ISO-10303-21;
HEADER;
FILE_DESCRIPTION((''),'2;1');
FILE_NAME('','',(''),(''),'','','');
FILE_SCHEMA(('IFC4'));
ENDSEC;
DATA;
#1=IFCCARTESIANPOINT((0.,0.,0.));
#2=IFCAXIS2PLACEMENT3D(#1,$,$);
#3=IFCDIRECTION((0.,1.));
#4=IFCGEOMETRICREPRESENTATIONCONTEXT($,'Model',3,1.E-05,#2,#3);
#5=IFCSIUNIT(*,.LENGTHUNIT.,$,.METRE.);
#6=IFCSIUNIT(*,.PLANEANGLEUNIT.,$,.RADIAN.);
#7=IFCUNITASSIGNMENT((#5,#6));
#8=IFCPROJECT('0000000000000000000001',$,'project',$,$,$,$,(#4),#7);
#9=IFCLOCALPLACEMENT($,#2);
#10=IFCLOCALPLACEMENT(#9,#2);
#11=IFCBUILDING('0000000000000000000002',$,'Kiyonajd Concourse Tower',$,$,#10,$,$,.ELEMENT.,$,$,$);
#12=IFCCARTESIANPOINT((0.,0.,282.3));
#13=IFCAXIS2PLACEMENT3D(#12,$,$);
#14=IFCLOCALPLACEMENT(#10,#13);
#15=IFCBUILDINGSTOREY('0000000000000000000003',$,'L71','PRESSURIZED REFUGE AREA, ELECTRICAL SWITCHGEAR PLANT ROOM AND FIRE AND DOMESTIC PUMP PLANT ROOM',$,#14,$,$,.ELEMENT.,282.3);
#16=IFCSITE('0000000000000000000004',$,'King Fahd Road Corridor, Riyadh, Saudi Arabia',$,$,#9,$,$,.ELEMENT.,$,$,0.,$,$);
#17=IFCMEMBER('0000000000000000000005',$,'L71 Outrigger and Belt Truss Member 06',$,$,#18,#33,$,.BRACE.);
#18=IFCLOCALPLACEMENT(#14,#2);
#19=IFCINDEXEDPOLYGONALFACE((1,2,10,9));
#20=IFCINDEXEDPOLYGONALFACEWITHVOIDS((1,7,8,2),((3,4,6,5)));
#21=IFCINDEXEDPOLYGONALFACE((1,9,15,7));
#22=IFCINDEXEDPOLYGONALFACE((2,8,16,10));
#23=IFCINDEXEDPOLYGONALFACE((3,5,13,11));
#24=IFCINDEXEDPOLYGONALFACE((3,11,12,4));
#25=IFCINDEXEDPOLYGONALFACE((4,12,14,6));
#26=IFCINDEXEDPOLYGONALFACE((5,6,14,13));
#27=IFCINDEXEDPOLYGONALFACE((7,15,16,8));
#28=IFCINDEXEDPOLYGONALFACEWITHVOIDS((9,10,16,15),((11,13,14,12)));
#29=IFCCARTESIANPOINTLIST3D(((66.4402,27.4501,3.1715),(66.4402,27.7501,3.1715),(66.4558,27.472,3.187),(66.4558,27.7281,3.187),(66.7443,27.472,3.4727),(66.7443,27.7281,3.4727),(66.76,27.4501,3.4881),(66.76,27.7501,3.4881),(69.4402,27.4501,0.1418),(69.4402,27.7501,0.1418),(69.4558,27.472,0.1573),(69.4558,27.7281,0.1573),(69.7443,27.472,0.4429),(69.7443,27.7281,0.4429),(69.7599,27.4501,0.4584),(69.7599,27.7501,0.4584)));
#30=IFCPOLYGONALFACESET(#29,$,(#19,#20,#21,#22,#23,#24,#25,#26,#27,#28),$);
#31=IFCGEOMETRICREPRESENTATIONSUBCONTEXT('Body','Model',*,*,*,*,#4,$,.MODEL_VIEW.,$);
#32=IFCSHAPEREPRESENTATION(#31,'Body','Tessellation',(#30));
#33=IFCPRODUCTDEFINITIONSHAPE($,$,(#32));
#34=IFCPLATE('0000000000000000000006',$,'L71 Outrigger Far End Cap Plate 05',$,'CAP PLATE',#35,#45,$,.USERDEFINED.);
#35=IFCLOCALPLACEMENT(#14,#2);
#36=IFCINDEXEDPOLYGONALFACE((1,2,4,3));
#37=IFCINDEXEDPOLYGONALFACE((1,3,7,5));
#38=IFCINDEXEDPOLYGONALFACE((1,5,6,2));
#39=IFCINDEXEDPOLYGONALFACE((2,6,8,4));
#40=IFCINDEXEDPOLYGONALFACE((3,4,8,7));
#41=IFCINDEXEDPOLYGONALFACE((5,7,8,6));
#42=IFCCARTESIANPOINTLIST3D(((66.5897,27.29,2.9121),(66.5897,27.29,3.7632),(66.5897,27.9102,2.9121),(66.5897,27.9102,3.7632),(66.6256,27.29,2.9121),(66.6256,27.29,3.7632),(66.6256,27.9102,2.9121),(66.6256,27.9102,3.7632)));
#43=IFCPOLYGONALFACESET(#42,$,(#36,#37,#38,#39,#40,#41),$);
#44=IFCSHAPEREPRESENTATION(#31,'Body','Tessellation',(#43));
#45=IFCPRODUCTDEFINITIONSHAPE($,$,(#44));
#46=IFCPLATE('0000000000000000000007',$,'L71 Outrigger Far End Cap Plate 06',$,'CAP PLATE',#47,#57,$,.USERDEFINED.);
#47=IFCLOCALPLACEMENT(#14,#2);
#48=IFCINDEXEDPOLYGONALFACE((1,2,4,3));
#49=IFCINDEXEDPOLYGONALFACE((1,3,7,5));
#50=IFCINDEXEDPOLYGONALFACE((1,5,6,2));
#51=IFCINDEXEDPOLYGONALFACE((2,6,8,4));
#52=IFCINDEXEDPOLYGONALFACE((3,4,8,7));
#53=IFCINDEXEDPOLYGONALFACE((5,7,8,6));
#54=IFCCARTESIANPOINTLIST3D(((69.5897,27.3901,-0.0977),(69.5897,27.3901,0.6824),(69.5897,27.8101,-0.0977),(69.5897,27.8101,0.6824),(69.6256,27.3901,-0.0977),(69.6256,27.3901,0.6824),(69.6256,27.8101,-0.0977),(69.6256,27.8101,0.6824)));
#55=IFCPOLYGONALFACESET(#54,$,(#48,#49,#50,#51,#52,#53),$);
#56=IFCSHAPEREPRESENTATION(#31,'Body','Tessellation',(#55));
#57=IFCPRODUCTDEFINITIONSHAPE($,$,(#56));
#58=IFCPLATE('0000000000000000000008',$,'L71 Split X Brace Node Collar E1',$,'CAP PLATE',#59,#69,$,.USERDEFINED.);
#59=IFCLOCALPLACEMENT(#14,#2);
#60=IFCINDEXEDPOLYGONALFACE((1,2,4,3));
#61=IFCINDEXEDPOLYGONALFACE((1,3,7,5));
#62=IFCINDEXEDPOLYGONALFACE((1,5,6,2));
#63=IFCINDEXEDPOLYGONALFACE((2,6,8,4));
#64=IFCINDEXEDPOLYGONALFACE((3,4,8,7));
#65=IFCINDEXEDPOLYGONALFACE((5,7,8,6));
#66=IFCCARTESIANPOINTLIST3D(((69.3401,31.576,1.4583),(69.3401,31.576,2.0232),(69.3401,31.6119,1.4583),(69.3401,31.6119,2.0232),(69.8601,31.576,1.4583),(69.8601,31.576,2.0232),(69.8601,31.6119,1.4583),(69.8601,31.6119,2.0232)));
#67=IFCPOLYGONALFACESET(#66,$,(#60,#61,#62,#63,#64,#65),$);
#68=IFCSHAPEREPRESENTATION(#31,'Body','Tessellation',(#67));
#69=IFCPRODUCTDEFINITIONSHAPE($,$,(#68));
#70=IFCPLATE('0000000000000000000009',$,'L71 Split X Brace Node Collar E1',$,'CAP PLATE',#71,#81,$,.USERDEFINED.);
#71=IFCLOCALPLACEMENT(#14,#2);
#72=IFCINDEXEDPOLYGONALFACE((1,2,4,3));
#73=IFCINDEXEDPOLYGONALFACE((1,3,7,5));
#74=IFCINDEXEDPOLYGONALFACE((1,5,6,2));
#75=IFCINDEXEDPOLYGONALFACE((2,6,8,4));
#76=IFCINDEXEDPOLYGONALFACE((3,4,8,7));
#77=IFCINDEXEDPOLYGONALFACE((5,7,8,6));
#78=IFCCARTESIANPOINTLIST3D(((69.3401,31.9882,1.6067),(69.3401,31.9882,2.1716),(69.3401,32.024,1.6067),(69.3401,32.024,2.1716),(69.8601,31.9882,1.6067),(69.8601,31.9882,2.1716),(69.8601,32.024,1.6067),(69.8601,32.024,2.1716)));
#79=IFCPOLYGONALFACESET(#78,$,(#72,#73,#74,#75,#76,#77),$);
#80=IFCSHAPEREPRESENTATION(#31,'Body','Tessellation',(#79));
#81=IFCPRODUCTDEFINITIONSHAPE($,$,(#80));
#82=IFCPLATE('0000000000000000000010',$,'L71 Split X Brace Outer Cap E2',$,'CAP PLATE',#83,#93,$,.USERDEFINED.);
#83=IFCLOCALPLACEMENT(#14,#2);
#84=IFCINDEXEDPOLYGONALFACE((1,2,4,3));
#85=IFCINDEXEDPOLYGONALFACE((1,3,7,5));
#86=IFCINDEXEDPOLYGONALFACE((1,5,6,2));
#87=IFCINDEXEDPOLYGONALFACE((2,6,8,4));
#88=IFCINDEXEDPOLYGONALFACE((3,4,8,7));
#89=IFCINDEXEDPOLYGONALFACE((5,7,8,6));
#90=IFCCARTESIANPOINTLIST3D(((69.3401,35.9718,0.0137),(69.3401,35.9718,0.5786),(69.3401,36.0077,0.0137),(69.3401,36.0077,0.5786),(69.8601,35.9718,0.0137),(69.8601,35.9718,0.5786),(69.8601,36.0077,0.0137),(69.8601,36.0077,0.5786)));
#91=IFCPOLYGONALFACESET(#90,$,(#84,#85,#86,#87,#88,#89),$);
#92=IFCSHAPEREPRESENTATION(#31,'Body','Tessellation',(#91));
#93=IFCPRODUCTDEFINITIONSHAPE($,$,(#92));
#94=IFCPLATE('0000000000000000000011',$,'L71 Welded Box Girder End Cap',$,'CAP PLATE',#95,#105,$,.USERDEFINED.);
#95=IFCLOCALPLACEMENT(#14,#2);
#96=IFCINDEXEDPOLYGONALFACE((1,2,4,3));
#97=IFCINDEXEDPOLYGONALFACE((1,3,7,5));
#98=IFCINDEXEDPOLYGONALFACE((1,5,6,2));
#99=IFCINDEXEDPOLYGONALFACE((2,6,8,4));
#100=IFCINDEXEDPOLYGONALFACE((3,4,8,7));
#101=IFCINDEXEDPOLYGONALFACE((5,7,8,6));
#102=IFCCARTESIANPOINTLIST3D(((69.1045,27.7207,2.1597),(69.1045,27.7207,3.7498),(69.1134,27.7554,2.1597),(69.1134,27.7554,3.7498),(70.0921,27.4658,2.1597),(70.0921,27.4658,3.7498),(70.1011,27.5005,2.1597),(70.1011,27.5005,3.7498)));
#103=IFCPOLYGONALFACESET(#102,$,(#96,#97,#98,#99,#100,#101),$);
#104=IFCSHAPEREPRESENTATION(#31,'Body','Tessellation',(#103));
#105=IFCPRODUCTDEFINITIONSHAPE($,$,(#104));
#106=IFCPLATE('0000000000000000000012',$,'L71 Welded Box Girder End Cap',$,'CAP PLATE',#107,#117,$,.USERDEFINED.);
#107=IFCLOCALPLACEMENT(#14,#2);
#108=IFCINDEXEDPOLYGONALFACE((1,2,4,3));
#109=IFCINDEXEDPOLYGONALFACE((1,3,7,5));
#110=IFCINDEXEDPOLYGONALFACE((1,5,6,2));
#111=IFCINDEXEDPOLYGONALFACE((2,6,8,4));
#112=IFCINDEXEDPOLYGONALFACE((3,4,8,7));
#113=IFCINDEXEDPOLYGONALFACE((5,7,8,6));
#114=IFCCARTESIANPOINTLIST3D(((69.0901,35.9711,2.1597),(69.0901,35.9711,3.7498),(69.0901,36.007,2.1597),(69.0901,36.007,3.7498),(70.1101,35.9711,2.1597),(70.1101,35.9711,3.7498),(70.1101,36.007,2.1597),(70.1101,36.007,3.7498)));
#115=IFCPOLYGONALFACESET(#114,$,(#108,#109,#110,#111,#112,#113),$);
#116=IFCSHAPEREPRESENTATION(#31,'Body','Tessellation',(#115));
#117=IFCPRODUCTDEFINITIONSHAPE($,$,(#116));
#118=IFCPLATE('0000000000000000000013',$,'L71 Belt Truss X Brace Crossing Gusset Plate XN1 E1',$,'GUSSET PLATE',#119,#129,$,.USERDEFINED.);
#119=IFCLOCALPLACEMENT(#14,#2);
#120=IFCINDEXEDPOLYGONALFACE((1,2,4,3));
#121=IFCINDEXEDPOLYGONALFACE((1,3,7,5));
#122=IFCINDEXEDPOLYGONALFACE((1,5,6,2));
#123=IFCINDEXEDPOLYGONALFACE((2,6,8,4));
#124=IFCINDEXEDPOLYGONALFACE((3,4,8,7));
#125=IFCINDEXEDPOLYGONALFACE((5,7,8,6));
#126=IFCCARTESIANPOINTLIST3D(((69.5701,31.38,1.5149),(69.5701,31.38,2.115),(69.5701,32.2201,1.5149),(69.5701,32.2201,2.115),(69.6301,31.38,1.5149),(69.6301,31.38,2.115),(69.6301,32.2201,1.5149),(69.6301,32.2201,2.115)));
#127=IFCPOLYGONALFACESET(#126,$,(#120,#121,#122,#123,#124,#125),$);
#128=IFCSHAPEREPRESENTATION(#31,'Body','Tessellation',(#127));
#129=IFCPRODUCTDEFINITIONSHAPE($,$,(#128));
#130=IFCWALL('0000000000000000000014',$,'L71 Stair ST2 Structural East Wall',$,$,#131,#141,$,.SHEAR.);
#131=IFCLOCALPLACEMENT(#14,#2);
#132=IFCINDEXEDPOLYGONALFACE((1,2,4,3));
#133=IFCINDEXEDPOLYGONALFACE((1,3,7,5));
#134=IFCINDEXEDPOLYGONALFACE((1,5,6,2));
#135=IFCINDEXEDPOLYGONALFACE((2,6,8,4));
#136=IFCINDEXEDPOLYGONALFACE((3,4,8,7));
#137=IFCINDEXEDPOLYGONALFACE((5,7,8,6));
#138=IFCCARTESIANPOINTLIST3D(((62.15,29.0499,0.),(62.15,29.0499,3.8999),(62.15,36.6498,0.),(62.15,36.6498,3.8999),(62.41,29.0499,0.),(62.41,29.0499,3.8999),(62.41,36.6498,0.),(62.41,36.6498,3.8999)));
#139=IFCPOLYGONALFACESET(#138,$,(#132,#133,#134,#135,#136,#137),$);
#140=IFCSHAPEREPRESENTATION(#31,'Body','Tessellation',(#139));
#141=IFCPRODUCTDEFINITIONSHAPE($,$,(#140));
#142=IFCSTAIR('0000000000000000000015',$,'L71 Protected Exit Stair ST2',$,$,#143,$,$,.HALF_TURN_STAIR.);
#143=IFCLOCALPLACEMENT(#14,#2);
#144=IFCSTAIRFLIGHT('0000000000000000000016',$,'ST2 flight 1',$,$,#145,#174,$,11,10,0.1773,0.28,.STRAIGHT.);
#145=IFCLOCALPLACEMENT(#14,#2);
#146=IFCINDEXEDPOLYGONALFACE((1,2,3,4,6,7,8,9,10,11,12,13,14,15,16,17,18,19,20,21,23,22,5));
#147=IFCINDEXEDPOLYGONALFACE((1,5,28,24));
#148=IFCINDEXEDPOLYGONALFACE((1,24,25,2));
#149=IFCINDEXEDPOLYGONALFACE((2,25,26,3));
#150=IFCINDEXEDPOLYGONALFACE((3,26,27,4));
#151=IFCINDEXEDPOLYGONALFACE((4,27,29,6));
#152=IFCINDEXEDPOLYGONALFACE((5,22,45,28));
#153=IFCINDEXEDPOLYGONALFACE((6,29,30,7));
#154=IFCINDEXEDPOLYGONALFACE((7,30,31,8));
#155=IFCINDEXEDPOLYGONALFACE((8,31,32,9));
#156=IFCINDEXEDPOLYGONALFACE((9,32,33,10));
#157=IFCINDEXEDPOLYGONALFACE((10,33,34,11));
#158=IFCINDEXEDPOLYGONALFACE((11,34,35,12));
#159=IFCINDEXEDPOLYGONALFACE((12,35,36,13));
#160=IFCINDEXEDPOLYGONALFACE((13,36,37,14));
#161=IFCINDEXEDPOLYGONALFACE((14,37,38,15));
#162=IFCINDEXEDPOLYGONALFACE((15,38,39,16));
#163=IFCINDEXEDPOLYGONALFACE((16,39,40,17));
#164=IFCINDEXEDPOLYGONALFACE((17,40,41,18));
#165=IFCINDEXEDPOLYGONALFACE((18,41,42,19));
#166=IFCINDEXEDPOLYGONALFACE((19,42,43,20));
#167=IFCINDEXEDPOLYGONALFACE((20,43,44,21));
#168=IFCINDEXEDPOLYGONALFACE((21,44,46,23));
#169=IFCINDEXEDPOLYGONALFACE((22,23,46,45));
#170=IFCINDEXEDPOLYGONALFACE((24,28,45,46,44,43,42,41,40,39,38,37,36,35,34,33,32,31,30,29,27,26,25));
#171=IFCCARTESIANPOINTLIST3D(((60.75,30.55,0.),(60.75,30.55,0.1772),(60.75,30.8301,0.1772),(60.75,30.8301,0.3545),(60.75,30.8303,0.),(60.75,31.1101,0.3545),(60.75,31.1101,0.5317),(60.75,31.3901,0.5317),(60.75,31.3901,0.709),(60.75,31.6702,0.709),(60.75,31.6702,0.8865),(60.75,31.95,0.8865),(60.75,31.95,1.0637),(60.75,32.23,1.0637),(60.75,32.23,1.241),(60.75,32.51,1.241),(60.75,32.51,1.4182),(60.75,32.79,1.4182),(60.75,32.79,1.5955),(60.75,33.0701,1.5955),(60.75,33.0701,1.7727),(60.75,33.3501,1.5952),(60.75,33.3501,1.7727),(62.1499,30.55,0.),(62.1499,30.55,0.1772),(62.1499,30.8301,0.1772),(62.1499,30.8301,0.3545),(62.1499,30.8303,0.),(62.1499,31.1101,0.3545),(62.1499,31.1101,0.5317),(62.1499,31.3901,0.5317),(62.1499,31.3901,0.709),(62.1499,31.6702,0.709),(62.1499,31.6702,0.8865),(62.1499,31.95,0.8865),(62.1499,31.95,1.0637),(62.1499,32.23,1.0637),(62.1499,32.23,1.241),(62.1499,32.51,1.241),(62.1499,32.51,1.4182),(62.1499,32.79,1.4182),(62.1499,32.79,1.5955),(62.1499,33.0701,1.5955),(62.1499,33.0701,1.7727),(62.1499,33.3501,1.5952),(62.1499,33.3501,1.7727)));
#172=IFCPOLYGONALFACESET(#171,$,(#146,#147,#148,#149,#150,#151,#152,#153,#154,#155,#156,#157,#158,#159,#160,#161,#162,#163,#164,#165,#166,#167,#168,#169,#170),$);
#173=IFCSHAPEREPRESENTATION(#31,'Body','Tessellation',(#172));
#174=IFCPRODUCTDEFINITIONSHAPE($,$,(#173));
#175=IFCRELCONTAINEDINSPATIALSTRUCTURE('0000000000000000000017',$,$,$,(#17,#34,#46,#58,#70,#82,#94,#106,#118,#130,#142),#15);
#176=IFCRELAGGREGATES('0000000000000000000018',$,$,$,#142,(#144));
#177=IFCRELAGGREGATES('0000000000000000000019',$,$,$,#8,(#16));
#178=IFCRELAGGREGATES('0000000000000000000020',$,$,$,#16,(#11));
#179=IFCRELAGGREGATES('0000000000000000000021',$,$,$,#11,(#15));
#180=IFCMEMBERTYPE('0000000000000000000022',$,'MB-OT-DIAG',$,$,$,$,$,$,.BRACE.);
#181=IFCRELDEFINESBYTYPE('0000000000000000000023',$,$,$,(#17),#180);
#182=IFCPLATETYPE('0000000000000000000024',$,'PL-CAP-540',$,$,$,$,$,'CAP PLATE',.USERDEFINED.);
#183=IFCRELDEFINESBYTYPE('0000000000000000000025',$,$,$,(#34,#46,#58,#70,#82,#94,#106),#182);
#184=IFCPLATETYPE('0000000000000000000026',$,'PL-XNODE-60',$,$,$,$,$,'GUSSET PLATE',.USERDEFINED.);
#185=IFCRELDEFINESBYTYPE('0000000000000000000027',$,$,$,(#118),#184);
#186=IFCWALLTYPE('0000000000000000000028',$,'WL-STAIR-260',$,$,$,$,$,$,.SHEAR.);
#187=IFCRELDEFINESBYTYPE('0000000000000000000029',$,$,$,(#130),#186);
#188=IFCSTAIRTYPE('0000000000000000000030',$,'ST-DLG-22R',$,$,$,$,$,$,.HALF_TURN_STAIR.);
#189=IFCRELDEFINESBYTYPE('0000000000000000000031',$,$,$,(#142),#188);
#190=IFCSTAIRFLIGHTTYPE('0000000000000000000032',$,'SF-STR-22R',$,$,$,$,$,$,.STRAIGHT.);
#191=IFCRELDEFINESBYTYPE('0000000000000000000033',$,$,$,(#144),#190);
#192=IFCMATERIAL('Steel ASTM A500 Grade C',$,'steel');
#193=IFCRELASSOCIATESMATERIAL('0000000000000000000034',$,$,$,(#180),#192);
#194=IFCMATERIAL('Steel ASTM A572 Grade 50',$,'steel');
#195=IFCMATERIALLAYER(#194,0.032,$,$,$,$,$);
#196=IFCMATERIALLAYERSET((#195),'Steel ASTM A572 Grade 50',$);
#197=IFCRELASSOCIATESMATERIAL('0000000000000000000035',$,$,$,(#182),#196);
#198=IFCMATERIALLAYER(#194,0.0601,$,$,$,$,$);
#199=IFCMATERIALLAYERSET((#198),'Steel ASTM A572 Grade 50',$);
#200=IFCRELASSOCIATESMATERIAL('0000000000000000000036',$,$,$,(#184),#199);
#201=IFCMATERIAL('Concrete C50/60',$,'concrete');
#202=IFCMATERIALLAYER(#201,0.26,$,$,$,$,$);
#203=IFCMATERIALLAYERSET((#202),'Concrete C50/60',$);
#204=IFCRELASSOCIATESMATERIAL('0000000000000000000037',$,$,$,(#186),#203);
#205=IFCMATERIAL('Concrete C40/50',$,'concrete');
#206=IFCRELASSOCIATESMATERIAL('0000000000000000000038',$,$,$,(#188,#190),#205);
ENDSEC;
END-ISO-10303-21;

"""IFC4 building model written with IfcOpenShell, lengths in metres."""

from ifc_helpers import new_model, si_unit, direction, frame, frame_2d, origin, origin_2d, place, context, subcontext, project, spatial, polyline, rectangle, hollow_rectangle, outline, extrude, material, layer, layer_set, material_profile, profile_set, type_object, element, aggregate, save


model = new_model("IFC4")

# Units and contexts
model_context = context("Model", 3, precision=1e-05, world=origin(), true_north=direction((0.0, 1.0)))
body_context = subcontext(model_context, "Body", "Model", "MODEL_VIEW")
ifc_project = project(units=[si_unit("LENGTHUNIT", "METRE"), si_unit("PLANEANGLEUNIT", "RADIAN")], contexts=[model_context])

# Site, building, storey
site_placement = place(None, origin())
site = spatial("IfcSite", under=ifc_project, at=site_placement, Name="King Fahd Road Corridor, Riyadh, Saudi Arabia", CompositionType="ELEMENT", RefElevation=0.0)
building_placement = place(site_placement, origin())
building = spatial("IfcBuilding", under=site, at=building_placement, Name="Kiyonajd Concourse Tower", CompositionType="ELEMENT")
storey_placement = place(building_placement, frame((0.0, 0.0, 282.3)))
storey = spatial("IfcBuildingStorey", under=building, at=storey_placement, Name="L71", Description="PRESSURIZED REFUGE AREA, ELECTRICAL SWITCHGEAR PLANT ROOM AND FIRE AND DOMESTIC PUMP PLANT ROOM", CompositionType="ELEMENT", Elevation=282.3)

# Shared definitions
ifc_material_1 = material(Name="Steel ASTM A572 Grade 50", Category="steel")

# Member
ifc_material_2 = material(Name="Steel ASTM A500 Grade C", Category="steel")
ifc_material_profile_1 = material_profile(ifc_material_2, hollow_rectangle(XDim=0.3, YDim=0.45, WallThickness=0.022, at=origin_2d()), Name="HSS-450x300x22")
ifc_profile_set_1 = profile_set([ifc_material_profile_1], Name="Steel ASTM A500 Grade C")
member_type_1 = type_object("IfcMemberType", Name="MB-OT-DIAG", PredefinedType="BRACE", material=ifc_profile_set_1)
member_1_placement = place(storey_placement, frame((66.6001, 27.6001, 3.3298), z_axis=(0.703605, 0.0, -0.710591), x_axis=(0.0, 1.0, 0.0)))
element("IfcMember", 1, at=member_1_placement, inside=storey, type_object=member_type_1, Name="L71 Outrigger and Belt Truss Member 06", PredefinedType="BRACE", context=body_context, shape_type="SweptSolid", body=[
    extrude(hollow_rectangle(XDim=0.3, YDim=0.45, WallThickness=0.022, at=origin_2d()), origin(), (0.0, 0.0, 1.0), 4.2637),
])

# Plates
ifc_layer_1 = layer(ifc_material_1, 0.032)
ifc_layer_set_1 = layer_set([ifc_layer_1], Name="Steel ASTM A572 Grade 50")
plate_type_1 = type_object("IfcPlateType", Name="PL-CAP-540", ElementType="CAP PLATE", PredefinedType="USERDEFINED", material=ifc_layer_set_1)
plate_1_placement = place(storey_placement, frame((66.6077, 27.6001, 2.9121), z_axis=(0.0, 0.0, 1.0), x_axis=(1.0, 0.0, 0.0)))
element("IfcPlate", 2, at=plate_1_placement, inside=storey, type_object=plate_type_1, Name="L71 Outrigger Far End Cap Plate 05", ObjectType="CAP PLATE", PredefinedType="USERDEFINED", context=body_context, shape_type="SweptSolid", body=[
    extrude(rectangle(XDim=0.0359, YDim=0.6201, at=origin_2d()), origin(), (0.0, 0.0, 1.0), 0.8511),
])
plate_2_placement = place(storey_placement, frame((69.6077, 27.6001, -0.0977), z_axis=(0.0, 0.0, 1.0), x_axis=(1.0, 0.0, 0.0)))
element("IfcPlate", 3, at=plate_2_placement, inside=storey, type_object=plate_type_1, Name="L71 Outrigger Far End Cap Plate 06", ObjectType="CAP PLATE", PredefinedType="USERDEFINED", context=body_context, shape_type="SweptSolid", body=[
    extrude(rectangle(XDim=0.0359, YDim=0.4199, at=origin_2d()), origin(), (0.0, 0.0, 1.0), 0.78),
])
for number, where, z_axis, x_axis, name in (
    (4, (69.6001, 31.594, 1.4583), (0.0, 0.0, 1.0), (0.0, 1.0, 0.0), "L71 Split X Brace Node Collar E1"),
    (5, (69.6001, 32.0061, 1.6067), (0.0, 0.0, 1.0), (0.0, -1.0, 0.0), "L71 Split X Brace Node Collar E1"),
    (6, (69.6001, 35.9897, 0.0137), (0.0, 0.0, 1.0), (0.0, -1.0, 0.0), "L71 Split X Brace Outer Cap E2"),
):
    element("IfcPlate", number, at=place(storey_placement, frame(where, z_axis=z_axis, x_axis=x_axis)), inside=storey, type_object=plate_type_1, Name=name, ObjectType="CAP PLATE", PredefinedType="USERDEFINED", context=body_context, shape_type="SweptSolid", body=[
        extrude(rectangle(XDim=0.0359, YDim=0.52, at=origin_2d()), origin(), (0.0, 0.0, 1.0), 0.5649),
    ])
for number, where, z_axis, x_axis, name in (
    (7, (69.6028, 27.6106, 2.1597), (0.0, 0.0, 1.0), (0.249873, 0.968279, 0.0), "L71 Welded Box Girder End Cap"),
    (8, (69.6001, 35.989, 2.1597), (0.0, 0.0, 1.0), (0.0, -1.0, 0.0), "L71 Welded Box Girder End Cap"),
):
    element("IfcPlate", number, at=place(storey_placement, frame(where, z_axis=z_axis, x_axis=x_axis)), inside=storey, type_object=plate_type_1, Name=name, ObjectType="CAP PLATE", PredefinedType="USERDEFINED", context=body_context, shape_type="SweptSolid", body=[
        extrude(rectangle(XDim=0.0359, YDim=1.02, at=origin_2d()), origin(), (0.0, 0.0, 1.0), 1.5901),
    ])
ifc_layer_2 = layer(ifc_material_1, 0.0601)
ifc_layer_set_2 = layer_set([ifc_layer_2], Name="Steel ASTM A572 Grade 50")
plate_type_2 = type_object("IfcPlateType", Name="PL-XNODE-60", ElementType="GUSSET PLATE", PredefinedType="USERDEFINED", material=ifc_layer_set_2)
plate_3_placement = place(storey_placement, frame((69.6001, 31.8, 1.5149), z_axis=(0.0, 0.0, 1.0), x_axis=(1.0, 0.0, 0.0)))
element("IfcPlate", 9, at=plate_3_placement, inside=storey, type_object=plate_type_2, Name="L71 Belt Truss X Brace Crossing Gusset Plate XN1 E1", ObjectType="GUSSET PLATE", PredefinedType="USERDEFINED", context=body_context, shape_type="SweptSolid", body=[
    extrude(rectangle(XDim=0.0601, YDim=0.8401, at=origin_2d()), origin(), (0.0, 0.0, 1.0), 0.6001),
])

# Wall
ifc_material_3 = material(Name="Concrete C50/60", Category="concrete")
ifc_layer_3 = layer(ifc_material_3, 0.26)
ifc_layer_set_3 = layer_set([ifc_layer_3], Name="Concrete C50/60")
wall_type = type_object("IfcWallType", Name="WL-STAIR-260", PredefinedType="SHEAR", material=ifc_layer_set_3)
wall_placement = place(storey_placement, frame((62.28, 29.05, 0.0), z_axis=(0.0, 0.0, 1.0), x_axis=(0.0, 1.0, 0.0)))
element("IfcWall", 10, at=wall_placement, inside=storey, type_object=wall_type, Name="L71 Stair ST2 Structural East Wall", PredefinedType="SHEAR", context=body_context, shape_type="SweptSolid", body=[
    extrude(rectangle(XDim=7.5999, YDim=0.26, at=frame_2d((3.7998, 0.0))), origin(), (0.0, 0.0, 1.0), 3.8999),
])

# Stair, stair flight
ifc_material_4 = material(Name="Concrete C40/50", Category="concrete")
stair_type = type_object("IfcStairType", Name="ST-DLG-22R", PredefinedType="HALF_TURN_STAIR", material=ifc_material_4)
stair_placement = place(storey_placement, origin())
stair = element("IfcStair", 11, at=stair_placement, inside=storey, type_object=stair_type, Name="L71 Protected Exit Stair ST2", PredefinedType="HALF_TURN_STAIR")
stair_flight_type = type_object("IfcStairFlightType", Name="SF-STR-22R", PredefinedType="STRAIGHT", material=ifc_material_4)
stair_flight_placement = place(storey_placement, frame((61.45, 30.55, 0.0), z_axis=(0.0, 0.0, 1.0), x_axis=(0.0, 1.0, 0.0)))
stair_flight = element("IfcStairFlight", 12, at=stair_flight_placement, type_object=stair_flight_type, Name="ST2 flight 1", NumberOfRisers=11, NumberOfTreads=10, PredefinedType="STRAIGHT", RiserHeight=0.1773, TreadLength=0.28, context=body_context, shape_type="SweptSolid", body=[
    extrude(outline(polyline([(0.0, 0.0), (0.0, 0.1772), (0.28, 0.1772), (0.28, 0.3545), (0.5601, 0.3545), (0.5601, 0.5317), (0.8401, 0.5317), (0.8401, 0.709), (1.1201, 0.709), (1.1201, 0.8865), (1.3999, 0.8865), (1.3999, 1.0637), (1.6799, 1.0637), (1.6799, 1.241), (1.96, 1.241), (1.96, 1.4182), (2.24, 1.4182), (2.24, 1.5955), (2.52, 1.5955), (2.52, 1.7727), (2.8, 1.7727), (2.8, 1.95), (2.8, 1.5952), (0.2803, 0.0), (0.0, 0.0)])), frame((0.0, 0.7, 0.0), z_axis=(0.0, -1.0, 0.0), x_axis=(1.0, 0.0, 0.0)), (0.0, 0.0, 1.0), 1.3999),
])
aggregate(stair, [stair_flight])

save(model, "model.ifc")
